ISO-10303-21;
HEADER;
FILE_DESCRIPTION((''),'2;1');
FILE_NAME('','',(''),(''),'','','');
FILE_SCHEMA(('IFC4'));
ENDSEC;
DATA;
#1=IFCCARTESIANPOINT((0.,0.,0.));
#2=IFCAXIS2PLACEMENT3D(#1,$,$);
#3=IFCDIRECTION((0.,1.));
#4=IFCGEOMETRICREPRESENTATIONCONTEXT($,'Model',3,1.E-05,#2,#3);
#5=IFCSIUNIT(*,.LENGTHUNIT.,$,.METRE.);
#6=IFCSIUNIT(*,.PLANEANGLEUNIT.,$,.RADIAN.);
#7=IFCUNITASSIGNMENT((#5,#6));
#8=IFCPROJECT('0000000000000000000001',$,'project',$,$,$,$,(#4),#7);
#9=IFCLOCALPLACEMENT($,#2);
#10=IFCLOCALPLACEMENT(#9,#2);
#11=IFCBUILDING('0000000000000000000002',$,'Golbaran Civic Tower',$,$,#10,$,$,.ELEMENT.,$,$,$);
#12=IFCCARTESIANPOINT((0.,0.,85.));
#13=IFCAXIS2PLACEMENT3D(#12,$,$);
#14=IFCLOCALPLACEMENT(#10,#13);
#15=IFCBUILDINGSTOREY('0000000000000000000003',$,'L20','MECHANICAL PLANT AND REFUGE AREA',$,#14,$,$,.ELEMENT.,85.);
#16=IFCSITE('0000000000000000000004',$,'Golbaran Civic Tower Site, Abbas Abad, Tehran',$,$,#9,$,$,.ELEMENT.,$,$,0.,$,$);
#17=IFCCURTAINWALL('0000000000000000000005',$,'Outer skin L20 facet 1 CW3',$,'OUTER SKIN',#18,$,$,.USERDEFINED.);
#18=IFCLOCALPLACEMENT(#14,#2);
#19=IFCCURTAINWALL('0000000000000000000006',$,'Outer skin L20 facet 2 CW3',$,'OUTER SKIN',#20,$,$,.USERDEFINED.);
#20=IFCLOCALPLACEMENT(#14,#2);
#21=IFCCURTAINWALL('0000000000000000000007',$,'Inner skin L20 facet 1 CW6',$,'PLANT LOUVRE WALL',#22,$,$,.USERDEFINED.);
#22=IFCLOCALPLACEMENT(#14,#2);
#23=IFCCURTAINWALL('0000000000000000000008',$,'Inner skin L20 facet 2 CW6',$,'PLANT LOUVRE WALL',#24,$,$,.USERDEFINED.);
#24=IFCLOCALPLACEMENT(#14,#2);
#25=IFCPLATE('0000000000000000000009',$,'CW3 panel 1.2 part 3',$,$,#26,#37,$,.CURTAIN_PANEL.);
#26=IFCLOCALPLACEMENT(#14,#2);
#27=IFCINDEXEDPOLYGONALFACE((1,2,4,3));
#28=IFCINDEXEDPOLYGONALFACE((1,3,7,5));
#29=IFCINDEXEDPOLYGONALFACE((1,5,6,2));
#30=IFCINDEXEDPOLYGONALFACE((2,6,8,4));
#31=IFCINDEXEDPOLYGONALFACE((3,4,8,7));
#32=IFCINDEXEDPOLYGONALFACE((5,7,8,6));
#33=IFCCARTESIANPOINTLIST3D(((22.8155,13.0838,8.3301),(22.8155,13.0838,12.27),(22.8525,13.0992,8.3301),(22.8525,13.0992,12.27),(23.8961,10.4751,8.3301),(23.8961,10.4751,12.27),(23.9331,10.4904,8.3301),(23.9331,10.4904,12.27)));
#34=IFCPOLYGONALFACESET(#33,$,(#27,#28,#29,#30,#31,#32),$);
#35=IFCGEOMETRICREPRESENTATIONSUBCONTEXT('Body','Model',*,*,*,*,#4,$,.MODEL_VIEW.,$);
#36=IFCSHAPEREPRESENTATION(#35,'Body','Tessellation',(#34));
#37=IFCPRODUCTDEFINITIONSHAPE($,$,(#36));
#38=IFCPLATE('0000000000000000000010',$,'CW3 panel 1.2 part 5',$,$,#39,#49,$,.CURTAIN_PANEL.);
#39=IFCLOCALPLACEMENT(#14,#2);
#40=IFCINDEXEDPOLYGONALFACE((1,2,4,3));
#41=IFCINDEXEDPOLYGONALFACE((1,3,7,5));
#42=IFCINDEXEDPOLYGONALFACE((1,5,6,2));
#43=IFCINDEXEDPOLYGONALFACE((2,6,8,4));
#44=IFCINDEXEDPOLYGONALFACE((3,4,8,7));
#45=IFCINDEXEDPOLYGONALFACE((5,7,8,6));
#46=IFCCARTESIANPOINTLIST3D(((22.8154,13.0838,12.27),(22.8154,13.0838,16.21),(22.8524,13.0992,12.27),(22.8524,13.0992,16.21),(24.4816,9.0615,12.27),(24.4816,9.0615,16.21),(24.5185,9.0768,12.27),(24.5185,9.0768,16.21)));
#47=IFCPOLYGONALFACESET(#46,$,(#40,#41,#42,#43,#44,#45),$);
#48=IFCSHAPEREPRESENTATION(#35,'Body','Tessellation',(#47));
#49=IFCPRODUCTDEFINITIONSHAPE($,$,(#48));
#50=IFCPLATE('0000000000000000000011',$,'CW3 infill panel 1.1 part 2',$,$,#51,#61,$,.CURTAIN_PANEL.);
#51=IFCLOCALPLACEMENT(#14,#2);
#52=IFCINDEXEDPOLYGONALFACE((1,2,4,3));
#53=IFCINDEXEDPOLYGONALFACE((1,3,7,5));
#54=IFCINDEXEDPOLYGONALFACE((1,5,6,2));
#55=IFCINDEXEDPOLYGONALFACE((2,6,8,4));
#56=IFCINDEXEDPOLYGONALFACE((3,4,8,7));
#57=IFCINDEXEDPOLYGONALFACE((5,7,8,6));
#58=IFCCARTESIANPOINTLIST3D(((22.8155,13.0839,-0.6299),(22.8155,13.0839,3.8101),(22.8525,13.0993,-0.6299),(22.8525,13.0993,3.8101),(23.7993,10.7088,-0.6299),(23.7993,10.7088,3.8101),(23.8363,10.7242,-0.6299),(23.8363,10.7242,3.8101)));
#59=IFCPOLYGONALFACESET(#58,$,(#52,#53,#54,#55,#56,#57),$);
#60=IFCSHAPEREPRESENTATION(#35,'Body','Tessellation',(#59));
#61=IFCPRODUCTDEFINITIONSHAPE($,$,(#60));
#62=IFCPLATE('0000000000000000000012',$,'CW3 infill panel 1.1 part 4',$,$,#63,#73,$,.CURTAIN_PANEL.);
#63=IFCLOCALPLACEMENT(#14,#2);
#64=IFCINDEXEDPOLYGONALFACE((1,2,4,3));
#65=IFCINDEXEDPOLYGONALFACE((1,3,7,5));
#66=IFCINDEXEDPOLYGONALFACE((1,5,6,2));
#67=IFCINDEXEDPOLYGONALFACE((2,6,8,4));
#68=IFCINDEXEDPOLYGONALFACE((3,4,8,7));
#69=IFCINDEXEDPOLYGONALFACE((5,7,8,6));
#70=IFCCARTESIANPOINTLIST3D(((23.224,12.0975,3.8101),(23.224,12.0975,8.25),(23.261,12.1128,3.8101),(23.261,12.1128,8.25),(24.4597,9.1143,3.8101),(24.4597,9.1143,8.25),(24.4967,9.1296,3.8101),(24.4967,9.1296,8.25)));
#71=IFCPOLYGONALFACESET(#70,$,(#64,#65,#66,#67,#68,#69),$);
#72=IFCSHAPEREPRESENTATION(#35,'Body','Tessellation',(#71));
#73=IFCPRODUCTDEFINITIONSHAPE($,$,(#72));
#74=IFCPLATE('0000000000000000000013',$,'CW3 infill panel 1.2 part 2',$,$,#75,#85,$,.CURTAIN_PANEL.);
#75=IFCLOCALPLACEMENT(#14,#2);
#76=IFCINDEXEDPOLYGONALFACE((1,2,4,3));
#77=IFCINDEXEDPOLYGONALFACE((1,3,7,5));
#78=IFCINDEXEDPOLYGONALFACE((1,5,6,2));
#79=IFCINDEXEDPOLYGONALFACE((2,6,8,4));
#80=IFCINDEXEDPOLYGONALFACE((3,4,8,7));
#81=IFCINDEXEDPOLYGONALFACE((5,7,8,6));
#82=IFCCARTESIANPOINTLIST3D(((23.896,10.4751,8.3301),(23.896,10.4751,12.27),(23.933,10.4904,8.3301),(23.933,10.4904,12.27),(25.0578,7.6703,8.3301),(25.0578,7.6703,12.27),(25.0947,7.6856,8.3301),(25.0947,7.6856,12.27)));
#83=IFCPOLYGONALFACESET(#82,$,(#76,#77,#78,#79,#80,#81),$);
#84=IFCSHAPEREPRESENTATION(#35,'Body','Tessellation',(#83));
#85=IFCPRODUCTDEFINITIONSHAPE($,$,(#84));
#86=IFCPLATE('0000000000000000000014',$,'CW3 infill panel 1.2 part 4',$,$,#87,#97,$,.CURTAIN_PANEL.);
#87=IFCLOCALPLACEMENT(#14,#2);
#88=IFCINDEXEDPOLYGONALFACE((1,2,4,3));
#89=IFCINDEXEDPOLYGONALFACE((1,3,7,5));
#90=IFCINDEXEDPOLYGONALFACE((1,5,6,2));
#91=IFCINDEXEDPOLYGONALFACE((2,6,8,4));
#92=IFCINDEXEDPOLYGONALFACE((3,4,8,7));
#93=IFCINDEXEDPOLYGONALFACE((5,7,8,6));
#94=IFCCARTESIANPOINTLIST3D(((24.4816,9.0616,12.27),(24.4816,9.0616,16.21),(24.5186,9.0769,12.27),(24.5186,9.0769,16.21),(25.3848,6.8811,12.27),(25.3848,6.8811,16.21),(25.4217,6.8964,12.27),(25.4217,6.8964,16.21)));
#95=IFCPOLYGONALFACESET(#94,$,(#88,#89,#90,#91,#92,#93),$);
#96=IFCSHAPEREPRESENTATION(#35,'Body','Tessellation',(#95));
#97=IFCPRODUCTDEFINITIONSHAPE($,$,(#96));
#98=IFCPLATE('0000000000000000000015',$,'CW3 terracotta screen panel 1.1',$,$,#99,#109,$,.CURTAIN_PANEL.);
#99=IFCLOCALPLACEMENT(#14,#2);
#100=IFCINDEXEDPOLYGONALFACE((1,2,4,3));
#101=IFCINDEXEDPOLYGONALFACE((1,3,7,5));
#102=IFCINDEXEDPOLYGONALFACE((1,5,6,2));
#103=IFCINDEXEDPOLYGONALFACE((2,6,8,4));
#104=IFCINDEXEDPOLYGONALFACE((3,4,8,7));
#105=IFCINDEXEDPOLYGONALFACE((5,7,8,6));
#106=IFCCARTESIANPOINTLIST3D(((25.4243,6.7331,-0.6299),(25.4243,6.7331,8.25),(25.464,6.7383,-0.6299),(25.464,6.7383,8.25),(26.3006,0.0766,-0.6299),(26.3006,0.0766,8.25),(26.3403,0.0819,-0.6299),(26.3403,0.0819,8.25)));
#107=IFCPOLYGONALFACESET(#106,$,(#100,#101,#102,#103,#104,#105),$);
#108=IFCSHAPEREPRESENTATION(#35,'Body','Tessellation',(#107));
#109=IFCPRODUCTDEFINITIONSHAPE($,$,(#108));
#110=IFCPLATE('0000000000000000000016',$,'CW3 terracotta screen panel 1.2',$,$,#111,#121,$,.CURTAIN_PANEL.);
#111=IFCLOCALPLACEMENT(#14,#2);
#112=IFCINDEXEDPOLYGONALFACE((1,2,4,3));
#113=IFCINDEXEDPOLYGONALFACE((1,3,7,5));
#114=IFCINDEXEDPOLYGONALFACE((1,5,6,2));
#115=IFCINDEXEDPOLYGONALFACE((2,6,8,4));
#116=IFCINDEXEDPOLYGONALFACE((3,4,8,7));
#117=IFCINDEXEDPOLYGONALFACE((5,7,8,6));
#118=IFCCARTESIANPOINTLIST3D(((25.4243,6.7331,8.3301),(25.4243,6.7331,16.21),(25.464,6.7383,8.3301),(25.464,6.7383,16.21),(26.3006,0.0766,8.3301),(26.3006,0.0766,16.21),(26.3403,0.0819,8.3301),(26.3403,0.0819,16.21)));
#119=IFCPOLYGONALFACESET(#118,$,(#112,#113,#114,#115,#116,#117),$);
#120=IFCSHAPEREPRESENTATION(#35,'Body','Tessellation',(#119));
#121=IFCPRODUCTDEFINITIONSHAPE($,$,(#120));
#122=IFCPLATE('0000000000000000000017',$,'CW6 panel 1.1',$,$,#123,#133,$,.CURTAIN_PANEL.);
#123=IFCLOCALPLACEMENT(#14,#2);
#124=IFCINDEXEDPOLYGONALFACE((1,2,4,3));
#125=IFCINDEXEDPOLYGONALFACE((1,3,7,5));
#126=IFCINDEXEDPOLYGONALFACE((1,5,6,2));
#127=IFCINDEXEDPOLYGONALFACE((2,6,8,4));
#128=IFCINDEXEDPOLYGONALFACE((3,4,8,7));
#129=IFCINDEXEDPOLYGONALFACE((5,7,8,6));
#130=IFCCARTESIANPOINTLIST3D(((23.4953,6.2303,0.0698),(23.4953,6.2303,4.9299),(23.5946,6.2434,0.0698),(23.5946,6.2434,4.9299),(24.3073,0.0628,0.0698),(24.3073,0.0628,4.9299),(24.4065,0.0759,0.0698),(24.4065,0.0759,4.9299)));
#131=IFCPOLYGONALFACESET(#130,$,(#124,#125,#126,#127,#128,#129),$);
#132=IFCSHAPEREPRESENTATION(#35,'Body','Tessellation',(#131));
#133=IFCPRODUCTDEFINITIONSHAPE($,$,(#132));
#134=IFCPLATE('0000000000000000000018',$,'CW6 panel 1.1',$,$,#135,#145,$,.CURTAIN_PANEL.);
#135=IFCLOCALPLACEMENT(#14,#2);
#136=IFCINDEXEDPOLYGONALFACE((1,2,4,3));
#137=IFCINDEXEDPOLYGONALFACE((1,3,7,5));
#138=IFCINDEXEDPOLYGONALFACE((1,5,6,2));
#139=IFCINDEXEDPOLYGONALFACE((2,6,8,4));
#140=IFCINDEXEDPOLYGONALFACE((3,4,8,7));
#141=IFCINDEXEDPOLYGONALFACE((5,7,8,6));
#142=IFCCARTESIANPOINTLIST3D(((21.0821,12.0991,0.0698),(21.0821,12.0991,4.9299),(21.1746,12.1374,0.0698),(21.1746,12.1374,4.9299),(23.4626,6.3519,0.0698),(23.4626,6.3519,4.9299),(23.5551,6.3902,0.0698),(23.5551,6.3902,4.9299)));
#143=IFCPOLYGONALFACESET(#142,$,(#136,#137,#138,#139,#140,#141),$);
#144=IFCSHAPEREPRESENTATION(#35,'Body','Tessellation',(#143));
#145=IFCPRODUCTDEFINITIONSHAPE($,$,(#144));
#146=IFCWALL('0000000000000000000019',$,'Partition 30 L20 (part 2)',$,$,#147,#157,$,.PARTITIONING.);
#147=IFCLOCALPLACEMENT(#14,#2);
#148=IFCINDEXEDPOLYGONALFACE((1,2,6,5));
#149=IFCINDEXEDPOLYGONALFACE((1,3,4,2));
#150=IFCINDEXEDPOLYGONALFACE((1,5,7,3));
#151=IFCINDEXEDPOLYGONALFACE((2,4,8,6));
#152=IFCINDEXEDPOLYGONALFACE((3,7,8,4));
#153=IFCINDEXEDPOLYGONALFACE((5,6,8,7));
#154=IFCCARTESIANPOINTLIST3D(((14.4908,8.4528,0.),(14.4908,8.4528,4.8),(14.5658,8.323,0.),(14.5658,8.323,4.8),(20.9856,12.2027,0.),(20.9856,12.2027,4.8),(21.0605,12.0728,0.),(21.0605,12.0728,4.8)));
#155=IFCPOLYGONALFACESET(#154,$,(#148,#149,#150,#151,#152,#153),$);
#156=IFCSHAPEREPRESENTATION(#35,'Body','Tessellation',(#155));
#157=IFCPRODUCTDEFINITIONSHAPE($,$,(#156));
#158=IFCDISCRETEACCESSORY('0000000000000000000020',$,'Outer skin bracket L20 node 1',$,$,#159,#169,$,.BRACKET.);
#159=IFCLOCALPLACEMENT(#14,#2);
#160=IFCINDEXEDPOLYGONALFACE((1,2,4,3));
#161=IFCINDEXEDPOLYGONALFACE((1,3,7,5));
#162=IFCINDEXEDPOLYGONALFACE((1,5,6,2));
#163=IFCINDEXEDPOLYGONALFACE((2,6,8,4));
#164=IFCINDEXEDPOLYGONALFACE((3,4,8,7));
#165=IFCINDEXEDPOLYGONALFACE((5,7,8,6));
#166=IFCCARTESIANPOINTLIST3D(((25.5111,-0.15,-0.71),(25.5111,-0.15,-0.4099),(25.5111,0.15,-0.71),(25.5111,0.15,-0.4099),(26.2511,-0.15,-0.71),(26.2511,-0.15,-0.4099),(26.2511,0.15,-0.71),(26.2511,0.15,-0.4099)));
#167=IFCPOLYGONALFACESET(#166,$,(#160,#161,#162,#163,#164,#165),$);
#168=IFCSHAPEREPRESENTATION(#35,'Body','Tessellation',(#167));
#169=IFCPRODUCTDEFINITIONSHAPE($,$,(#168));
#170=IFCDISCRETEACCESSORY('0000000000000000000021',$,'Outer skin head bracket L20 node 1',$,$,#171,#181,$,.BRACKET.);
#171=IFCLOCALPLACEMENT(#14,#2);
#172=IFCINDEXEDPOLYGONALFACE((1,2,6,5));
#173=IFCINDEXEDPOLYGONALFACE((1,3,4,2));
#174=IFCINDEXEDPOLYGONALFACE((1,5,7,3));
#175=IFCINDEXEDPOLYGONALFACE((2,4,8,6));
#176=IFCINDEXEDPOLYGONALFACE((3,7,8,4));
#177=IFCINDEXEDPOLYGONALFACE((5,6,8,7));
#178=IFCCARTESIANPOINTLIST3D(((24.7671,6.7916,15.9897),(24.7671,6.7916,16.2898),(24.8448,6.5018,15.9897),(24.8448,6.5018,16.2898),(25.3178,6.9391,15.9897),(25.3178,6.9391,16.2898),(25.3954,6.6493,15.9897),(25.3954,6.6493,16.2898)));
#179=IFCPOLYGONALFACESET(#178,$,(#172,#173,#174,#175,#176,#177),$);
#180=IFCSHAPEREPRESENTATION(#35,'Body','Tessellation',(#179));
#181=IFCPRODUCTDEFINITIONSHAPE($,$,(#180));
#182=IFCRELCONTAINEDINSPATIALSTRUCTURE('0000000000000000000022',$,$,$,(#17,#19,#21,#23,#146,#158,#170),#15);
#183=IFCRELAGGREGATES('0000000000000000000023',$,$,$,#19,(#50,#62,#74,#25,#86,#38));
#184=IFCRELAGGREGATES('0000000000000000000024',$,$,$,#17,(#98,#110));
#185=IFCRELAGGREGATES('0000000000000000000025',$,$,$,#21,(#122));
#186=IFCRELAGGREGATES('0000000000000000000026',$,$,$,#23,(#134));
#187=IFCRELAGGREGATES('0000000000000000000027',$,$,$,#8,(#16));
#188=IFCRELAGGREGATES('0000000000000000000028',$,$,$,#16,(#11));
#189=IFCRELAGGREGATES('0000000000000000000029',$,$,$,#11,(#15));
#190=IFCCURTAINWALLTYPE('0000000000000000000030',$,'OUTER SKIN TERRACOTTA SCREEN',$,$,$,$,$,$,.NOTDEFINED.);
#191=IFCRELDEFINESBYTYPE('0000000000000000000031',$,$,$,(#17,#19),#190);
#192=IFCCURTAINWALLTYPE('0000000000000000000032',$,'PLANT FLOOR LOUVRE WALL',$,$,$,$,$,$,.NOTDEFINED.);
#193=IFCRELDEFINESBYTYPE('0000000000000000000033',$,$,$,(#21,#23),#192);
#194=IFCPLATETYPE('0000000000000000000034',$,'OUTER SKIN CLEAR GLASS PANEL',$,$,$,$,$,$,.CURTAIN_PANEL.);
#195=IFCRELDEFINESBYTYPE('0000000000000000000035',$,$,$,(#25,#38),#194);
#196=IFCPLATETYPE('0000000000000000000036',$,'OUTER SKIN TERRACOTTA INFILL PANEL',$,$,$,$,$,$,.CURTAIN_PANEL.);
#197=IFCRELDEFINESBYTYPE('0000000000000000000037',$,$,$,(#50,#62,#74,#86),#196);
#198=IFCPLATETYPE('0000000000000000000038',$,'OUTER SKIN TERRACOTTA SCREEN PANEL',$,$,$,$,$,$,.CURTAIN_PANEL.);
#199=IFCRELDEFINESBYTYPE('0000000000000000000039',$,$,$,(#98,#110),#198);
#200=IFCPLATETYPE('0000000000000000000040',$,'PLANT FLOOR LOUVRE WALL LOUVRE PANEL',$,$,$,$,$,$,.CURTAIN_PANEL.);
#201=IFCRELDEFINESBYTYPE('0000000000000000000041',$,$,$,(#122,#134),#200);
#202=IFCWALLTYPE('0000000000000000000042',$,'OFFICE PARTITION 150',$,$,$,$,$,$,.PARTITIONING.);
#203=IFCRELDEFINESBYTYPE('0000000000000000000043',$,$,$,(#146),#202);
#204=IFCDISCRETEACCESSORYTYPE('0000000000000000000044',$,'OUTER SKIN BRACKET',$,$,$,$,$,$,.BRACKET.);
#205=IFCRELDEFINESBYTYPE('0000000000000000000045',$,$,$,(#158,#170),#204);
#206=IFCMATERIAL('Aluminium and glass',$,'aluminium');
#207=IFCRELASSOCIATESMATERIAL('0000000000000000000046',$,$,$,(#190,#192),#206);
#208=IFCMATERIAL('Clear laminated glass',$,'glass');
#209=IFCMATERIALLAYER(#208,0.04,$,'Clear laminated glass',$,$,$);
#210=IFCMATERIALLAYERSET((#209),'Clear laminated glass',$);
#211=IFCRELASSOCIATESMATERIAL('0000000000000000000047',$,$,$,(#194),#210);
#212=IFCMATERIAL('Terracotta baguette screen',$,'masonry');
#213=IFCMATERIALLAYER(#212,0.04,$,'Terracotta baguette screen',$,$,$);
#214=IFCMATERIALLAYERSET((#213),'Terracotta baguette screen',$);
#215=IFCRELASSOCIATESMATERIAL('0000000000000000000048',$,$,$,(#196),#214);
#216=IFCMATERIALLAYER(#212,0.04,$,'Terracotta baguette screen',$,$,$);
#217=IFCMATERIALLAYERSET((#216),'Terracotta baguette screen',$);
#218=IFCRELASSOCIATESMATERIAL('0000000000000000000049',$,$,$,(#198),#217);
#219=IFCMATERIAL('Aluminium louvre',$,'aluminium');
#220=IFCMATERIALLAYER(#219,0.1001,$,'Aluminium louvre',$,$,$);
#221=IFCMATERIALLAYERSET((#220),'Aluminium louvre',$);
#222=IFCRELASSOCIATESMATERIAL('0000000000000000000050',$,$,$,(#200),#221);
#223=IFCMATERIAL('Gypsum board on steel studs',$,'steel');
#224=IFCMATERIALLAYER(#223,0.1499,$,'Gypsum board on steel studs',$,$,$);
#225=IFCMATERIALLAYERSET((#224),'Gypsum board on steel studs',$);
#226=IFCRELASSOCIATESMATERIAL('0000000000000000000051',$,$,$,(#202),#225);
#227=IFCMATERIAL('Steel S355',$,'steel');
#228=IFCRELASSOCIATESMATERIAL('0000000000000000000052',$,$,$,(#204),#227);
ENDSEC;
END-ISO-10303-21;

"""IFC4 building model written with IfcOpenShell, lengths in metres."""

from ifc_helpers import new_model, si_unit, direction, frame, frame_2d, origin, origin_2d, place, context, subcontext, project, spatial, rectangle, extrude, material, layer, layer_set, type_object, element, aggregate, save


model = new_model("IFC4")

# Units and contexts
model_context = context("Model", 3, precision=1e-05, world=origin(), true_north=direction((0.0, 1.0)))
body_context = subcontext(model_context, "Body", "Model", "MODEL_VIEW")
ifc_project = project(units=[si_unit("LENGTHUNIT", "METRE"), si_unit("PLANEANGLEUNIT", "RADIAN")], contexts=[model_context])

# Site, building, storey
site_placement = place(None, origin())
site = spatial("IfcSite", under=ifc_project, at=site_placement, Name="Golbaran Civic Tower Site, Abbas Abad, Tehran", CompositionType="ELEMENT", RefElevation=0.0)
building_placement = place(site_placement, origin())
building = spatial("IfcBuilding", under=site, at=building_placement, Name="Golbaran Civic Tower", CompositionType="ELEMENT")
storey_placement = place(building_placement, frame((0.0, 0.0, 85.0)))
storey = spatial("IfcBuildingStorey", under=building, at=storey_placement, Name="L20", Description="MECHANICAL PLANT AND REFUGE AREA", CompositionType="ELEMENT", Elevation=85.0)

# Shared definitions
ifc_material_1 = material(Name="Steel S355", Category="steel")

# Curtain wall
ifc_material_2 = material(Name="Aluminium and glass", Category="aluminium")
curtain_wall_type_1 = type_object("IfcCurtainWallType", Name="OUTER SKIN TERRACOTTA SCREEN", PredefinedType="NOTDEFINED", material=ifc_material_2)
curtain_wall_1_placement = place(storey_placement, origin())
curtain_wall_1 = element("IfcCurtainWall", 1, at=curtain_wall_1_placement, inside=storey, type_object=curtain_wall_type_1, Name="Outer skin L20 facet 1 CW3", ObjectType="OUTER SKIN", PredefinedType="USERDEFINED")

# Curtain wall
curtain_wall_2_placement = place(storey_placement, origin())
curtain_wall_2 = element("IfcCurtainWall", 2, at=curtain_wall_2_placement, inside=storey, type_object=curtain_wall_type_1, Name="Outer skin L20 facet 2 CW3", ObjectType="OUTER SKIN", PredefinedType="USERDEFINED")

# Curtain wall
curtain_wall_type_2 = type_object("IfcCurtainWallType", Name="PLANT FLOOR LOUVRE WALL", PredefinedType="NOTDEFINED", material=ifc_material_2)
curtain_wall_3_placement = place(storey_placement, origin())
curtain_wall_3 = element("IfcCurtainWall", 3, at=curtain_wall_3_placement, inside=storey, type_object=curtain_wall_type_2, Name="Inner skin L20 facet 1 CW6", ObjectType="PLANT LOUVRE WALL", PredefinedType="USERDEFINED")

# Curtain wall
curtain_wall_4_placement = place(storey_placement, origin())
curtain_wall_4 = element("IfcCurtainWall", 4, at=curtain_wall_4_placement, inside=storey, type_object=curtain_wall_type_2, Name="Inner skin L20 facet 2 CW6", ObjectType="PLANT LOUVRE WALL", PredefinedType="USERDEFINED")

# Plates
ifc_material_3 = material(Name="Clear laminated glass", Category="glass")
ifc_layer_1 = layer(ifc_material_3, 0.04, Name="Clear laminated glass")
ifc_layer_set_1 = layer_set([ifc_layer_1], Name="Clear laminated glass")
plate_type_1 = type_object("IfcPlateType", Name="OUTER SKIN CLEAR GLASS PANEL", PredefinedType="CURTAIN_PANEL", material=ifc_layer_set_1)
plate_1_placement = place(storey_placement, frame((23.3743, 11.7871, 8.3301), z_axis=(0.0, 0.0, 1.0), x_axis=(-0.382683, 0.92388, 0.0)))
plate_1 = element("IfcPlate", 5, at=plate_1_placement, type_object=plate_type_1, Name="CW3 panel 1.2 part 3", PredefinedType="CURTAIN_PANEL", context=body_context, shape_type="SweptSolid", body=[
    extrude(rectangle(XDim=2.8237, YDim=0.04, at=origin_2d()), origin(), (0.0, 0.0, 1.0), 3.9399),
])
plate_2_placement = place(storey_placement, frame((23.667, 11.0803, 12.27), z_axis=(0.0, 0.0, 1.0), x_axis=(-0.382683, 0.92388, 0.0)))
plate_2 = element("IfcPlate", 6, at=plate_2_placement, type_object=plate_type_1, Name="CW3 panel 1.2 part 5", PredefinedType="CURTAIN_PANEL", context=body_context, shape_type="SweptSolid", body=[
    extrude(rectangle(XDim=4.3538, YDim=0.04, at=origin_2d()), origin(), (0.0, 0.0, 1.0), 3.9399),
])
ifc_material_4 = material(Name="Terracotta baguette screen", Category="masonry")
ifc_layer_2 = layer(ifc_material_4, 0.04, Name="Terracotta baguette screen")
ifc_layer_set_2 = layer_set([ifc_layer_2], Name="Terracotta baguette screen")
plate_type_2 = type_object("IfcPlateType", Name="OUTER SKIN TERRACOTTA INFILL PANEL", PredefinedType="CURTAIN_PANEL", material=ifc_layer_set_2)
plate_3_placement = place(storey_placement, frame((23.3259, 11.9041, -0.6299), z_axis=(0.0, 0.0, 1.0), x_axis=(-0.382683, 0.92388, 0.0)))
plate_3 = element("IfcPlate", 7, at=plate_3_placement, type_object=plate_type_2, Name="CW3 infill panel 1.1 part 2", PredefinedType="CURTAIN_PANEL", context=body_context, shape_type="SweptSolid", body=[
    extrude(rectangle(XDim=2.5708, YDim=0.04, at=origin_2d()), origin(), (0.0, 0.0, 1.0), 4.4399),
])
plate_4_placement = place(storey_placement, frame((23.8604, 10.6135, 3.8101), z_axis=(0.0, 0.0, 1.0), x_axis=(-0.382683, 0.92388, 0.0)))
plate_4 = element("IfcPlate", 8, at=plate_4_placement, type_object=plate_type_2, Name="CW3 infill panel 1.1 part 4", PredefinedType="CURTAIN_PANEL", context=body_context, shape_type="SweptSolid", body=[
    extrude(rectangle(XDim=3.229, YDim=0.04, at=origin_2d()), origin(), (0.0, 0.0, 1.0), 4.4399),
])
plate_5_placement = place(storey_placement, frame((24.4954, 9.0803, 8.3301), z_axis=(0.0, 0.0, 1.0), x_axis=(-0.382683, 0.92388, 0.0)))
plate_5 = element("IfcPlate", 9, at=plate_5_placement, type_object=plate_type_2, Name="CW3 infill panel 1.2 part 2", PredefinedType="CURTAIN_PANEL", context=body_context, shape_type="SweptSolid", body=[
    extrude(rectangle(XDim=3.0359, YDim=0.04, at=origin_2d()), origin(), (0.0, 0.0, 1.0), 3.9399),
])
plate_6_placement = place(storey_placement, frame((24.9517, 7.979, 12.27), z_axis=(0.0, 0.0, 1.0), x_axis=(-0.382683, 0.92388, 0.0)))
plate_6 = element("IfcPlate", 10, at=plate_6_placement, type_object=plate_type_2, Name="CW3 infill panel 1.2 part 4", PredefinedType="CURTAIN_PANEL", context=body_context, shape_type="SweptSolid", body=[
    extrude(rectangle(XDim=2.3601, YDim=0.04, at=origin_2d()), origin(), (0.0, 0.0, 1.0), 3.9399),
])
aggregate(curtain_wall_2, [plate_3, plate_4, plate_5, plate_1, plate_6, plate_2])
ifc_layer_3 = layer(ifc_material_4, 0.04, Name="Terracotta baguette screen")
ifc_layer_set_3 = layer_set([ifc_layer_3], Name="Terracotta baguette screen")
plate_type_3 = type_object("IfcPlateType", Name="OUTER SKIN TERRACOTTA SCREEN PANEL", PredefinedType="CURTAIN_PANEL", material=ifc_layer_set_3)
plate_7_placement = place(storey_placement, frame((25.8823, 3.4075, -0.6299), z_axis=(0.0, 0.0, 1.0), x_axis=(-0.130526, 0.991445, 0.0)))
plate_7 = element("IfcPlate", 11, at=plate_7_placement, type_object=plate_type_3, Name="CW3 terracotta screen panel 1.1", PredefinedType="CURTAIN_PANEL", context=body_context, shape_type="SweptSolid", body=[
    extrude(rectangle(XDim=6.7139, YDim=0.04, at=origin_2d()), origin(), (0.0, 0.0, 1.0), 8.8799),
])
plate_8_placement = place(storey_placement, frame((25.8823, 3.4075, 8.3301), z_axis=(0.0, 0.0, 1.0), x_axis=(-0.130526, 0.991445, 0.0)))
plate_8 = element("IfcPlate", 12, at=plate_8_placement, type_object=plate_type_3, Name="CW3 terracotta screen panel 1.2", PredefinedType="CURTAIN_PANEL", context=body_context, shape_type="SweptSolid", body=[
    extrude(rectangle(XDim=6.7139, YDim=0.04, at=origin_2d()), origin(), (0.0, 0.0, 1.0), 7.8799),
])
aggregate(curtain_wall_1, [plate_7, plate_8])
ifc_material_5 = material(Name="Aluminium louvre", Category="aluminium")
ifc_layer_4 = layer(ifc_material_5, 0.1001, Name="Aluminium louvre")
ifc_layer_set_4 = layer_set([ifc_layer_4], Name="Aluminium louvre")
plate_type_4 = type_object("IfcPlateType", Name="PLANT FLOOR LOUVRE WALL LOUVRE PANEL", PredefinedType="CURTAIN_PANEL", material=ifc_layer_set_4)
plate_9_placement = place(storey_placement, frame((23.9509, 3.1531, 0.0698), z_axis=(0.0, 0.0, 1.0), x_axis=(-0.130526, 0.991445, 0.0)))
plate_9 = element("IfcPlate", 13, at=plate_9_placement, type_object=plate_type_4, Name="CW6 panel 1.1", PredefinedType="CURTAIN_PANEL", context=body_context, shape_type="SweptSolid", body=[
    extrude(rectangle(XDim=6.2207, YDim=0.1001, at=origin_2d()), origin(), (0.0, 0.0, 1.0), 4.8601),
])
aggregate(curtain_wall_3, [plate_9])
plate_10_placement = place(storey_placement, frame((22.3186, 9.2446, 0.0698), z_axis=(0.0, 0.0, 1.0), x_axis=(-0.382683, 0.92388, 0.0)))
plate_10 = element("IfcPlate", 14, at=plate_10_placement, type_object=plate_type_4, Name="CW6 panel 1.1", PredefinedType="CURTAIN_PANEL", context=body_context, shape_type="SweptSolid", body=[
    extrude(rectangle(XDim=6.2207, YDim=0.1001, at=origin_2d()), origin(), (0.0, 0.0, 1.0), 4.8601),
])
aggregate(curtain_wall_4, [plate_10])

# Wall
ifc_material_6 = material(Name="Gypsum board on steel studs", Category="steel")
ifc_layer_5 = layer(ifc_material_6, 0.1499, Name="Gypsum board on steel studs")
ifc_layer_set_5 = layer_set([ifc_layer_5], Name="Gypsum board on steel studs")
wall_type = type_object("IfcWallType", Name="OFFICE PARTITION 150", PredefinedType="PARTITIONING", material=ifc_layer_set_5)
wall_placement = place(storey_placement, frame((14.5283, 8.3879, 0.0), z_axis=(0.0, 0.0, 1.0), x_axis=(0.866021, 0.500008, 0.0)))
element("IfcWall", 15, at=wall_placement, inside=storey, type_object=wall_type, Name="Partition 30 L20 (part 2)", PredefinedType="PARTITIONING", context=body_context, shape_type="SweptSolid", body=[
    extrude(rectangle(XDim=7.4995, YDim=0.1499, at=frame_2d((3.7498, 0.0))), origin(), (0.0, 0.0, 1.0), 4.8),
])

# Discrete accessories
discrete_accessory_type = type_object("IfcDiscreteAccessoryType", Name="OUTER SKIN BRACKET", PredefinedType="BRACKET", material=ifc_material_1)
discrete_accessory_1_placement = place(storey_placement, frame((25.8811, 0.0, -0.71), z_axis=(0.0, 0.0, 1.0), x_axis=(1.0, 0.0, 0.0)))
element("IfcDiscreteAccessory", 16, at=discrete_accessory_1_placement, inside=storey, type_object=discrete_accessory_type, Name="Outer skin bracket L20 node 1", PredefinedType="BRACKET", context=body_context, shape_type="SweptSolid", body=[
    extrude(rectangle(XDim=0.74, YDim=0.3, at=origin_2d()), origin(), (0.0, 0.0, 1.0), 0.3),
])
discrete_accessory_2_placement = place(storey_placement, frame((25.0813, 6.7205, 15.9897), z_axis=(0.0, 0.0, 1.0), x_axis=(0.965926, 0.258819, 0.0)))
element("IfcDiscreteAccessory", 17, at=discrete_accessory_2_placement, inside=storey, type_object=discrete_accessory_type, Name="Outer skin head bracket L20 node 1", PredefinedType="BRACKET", context=body_context, shape_type="SweptSolid", body=[
    extrude(rectangle(XDim=0.5701, YDim=0.3, at=origin_2d()), origin(), (0.0, 0.0, 1.0), 0.3),
])

save(model, "model.ifc")
